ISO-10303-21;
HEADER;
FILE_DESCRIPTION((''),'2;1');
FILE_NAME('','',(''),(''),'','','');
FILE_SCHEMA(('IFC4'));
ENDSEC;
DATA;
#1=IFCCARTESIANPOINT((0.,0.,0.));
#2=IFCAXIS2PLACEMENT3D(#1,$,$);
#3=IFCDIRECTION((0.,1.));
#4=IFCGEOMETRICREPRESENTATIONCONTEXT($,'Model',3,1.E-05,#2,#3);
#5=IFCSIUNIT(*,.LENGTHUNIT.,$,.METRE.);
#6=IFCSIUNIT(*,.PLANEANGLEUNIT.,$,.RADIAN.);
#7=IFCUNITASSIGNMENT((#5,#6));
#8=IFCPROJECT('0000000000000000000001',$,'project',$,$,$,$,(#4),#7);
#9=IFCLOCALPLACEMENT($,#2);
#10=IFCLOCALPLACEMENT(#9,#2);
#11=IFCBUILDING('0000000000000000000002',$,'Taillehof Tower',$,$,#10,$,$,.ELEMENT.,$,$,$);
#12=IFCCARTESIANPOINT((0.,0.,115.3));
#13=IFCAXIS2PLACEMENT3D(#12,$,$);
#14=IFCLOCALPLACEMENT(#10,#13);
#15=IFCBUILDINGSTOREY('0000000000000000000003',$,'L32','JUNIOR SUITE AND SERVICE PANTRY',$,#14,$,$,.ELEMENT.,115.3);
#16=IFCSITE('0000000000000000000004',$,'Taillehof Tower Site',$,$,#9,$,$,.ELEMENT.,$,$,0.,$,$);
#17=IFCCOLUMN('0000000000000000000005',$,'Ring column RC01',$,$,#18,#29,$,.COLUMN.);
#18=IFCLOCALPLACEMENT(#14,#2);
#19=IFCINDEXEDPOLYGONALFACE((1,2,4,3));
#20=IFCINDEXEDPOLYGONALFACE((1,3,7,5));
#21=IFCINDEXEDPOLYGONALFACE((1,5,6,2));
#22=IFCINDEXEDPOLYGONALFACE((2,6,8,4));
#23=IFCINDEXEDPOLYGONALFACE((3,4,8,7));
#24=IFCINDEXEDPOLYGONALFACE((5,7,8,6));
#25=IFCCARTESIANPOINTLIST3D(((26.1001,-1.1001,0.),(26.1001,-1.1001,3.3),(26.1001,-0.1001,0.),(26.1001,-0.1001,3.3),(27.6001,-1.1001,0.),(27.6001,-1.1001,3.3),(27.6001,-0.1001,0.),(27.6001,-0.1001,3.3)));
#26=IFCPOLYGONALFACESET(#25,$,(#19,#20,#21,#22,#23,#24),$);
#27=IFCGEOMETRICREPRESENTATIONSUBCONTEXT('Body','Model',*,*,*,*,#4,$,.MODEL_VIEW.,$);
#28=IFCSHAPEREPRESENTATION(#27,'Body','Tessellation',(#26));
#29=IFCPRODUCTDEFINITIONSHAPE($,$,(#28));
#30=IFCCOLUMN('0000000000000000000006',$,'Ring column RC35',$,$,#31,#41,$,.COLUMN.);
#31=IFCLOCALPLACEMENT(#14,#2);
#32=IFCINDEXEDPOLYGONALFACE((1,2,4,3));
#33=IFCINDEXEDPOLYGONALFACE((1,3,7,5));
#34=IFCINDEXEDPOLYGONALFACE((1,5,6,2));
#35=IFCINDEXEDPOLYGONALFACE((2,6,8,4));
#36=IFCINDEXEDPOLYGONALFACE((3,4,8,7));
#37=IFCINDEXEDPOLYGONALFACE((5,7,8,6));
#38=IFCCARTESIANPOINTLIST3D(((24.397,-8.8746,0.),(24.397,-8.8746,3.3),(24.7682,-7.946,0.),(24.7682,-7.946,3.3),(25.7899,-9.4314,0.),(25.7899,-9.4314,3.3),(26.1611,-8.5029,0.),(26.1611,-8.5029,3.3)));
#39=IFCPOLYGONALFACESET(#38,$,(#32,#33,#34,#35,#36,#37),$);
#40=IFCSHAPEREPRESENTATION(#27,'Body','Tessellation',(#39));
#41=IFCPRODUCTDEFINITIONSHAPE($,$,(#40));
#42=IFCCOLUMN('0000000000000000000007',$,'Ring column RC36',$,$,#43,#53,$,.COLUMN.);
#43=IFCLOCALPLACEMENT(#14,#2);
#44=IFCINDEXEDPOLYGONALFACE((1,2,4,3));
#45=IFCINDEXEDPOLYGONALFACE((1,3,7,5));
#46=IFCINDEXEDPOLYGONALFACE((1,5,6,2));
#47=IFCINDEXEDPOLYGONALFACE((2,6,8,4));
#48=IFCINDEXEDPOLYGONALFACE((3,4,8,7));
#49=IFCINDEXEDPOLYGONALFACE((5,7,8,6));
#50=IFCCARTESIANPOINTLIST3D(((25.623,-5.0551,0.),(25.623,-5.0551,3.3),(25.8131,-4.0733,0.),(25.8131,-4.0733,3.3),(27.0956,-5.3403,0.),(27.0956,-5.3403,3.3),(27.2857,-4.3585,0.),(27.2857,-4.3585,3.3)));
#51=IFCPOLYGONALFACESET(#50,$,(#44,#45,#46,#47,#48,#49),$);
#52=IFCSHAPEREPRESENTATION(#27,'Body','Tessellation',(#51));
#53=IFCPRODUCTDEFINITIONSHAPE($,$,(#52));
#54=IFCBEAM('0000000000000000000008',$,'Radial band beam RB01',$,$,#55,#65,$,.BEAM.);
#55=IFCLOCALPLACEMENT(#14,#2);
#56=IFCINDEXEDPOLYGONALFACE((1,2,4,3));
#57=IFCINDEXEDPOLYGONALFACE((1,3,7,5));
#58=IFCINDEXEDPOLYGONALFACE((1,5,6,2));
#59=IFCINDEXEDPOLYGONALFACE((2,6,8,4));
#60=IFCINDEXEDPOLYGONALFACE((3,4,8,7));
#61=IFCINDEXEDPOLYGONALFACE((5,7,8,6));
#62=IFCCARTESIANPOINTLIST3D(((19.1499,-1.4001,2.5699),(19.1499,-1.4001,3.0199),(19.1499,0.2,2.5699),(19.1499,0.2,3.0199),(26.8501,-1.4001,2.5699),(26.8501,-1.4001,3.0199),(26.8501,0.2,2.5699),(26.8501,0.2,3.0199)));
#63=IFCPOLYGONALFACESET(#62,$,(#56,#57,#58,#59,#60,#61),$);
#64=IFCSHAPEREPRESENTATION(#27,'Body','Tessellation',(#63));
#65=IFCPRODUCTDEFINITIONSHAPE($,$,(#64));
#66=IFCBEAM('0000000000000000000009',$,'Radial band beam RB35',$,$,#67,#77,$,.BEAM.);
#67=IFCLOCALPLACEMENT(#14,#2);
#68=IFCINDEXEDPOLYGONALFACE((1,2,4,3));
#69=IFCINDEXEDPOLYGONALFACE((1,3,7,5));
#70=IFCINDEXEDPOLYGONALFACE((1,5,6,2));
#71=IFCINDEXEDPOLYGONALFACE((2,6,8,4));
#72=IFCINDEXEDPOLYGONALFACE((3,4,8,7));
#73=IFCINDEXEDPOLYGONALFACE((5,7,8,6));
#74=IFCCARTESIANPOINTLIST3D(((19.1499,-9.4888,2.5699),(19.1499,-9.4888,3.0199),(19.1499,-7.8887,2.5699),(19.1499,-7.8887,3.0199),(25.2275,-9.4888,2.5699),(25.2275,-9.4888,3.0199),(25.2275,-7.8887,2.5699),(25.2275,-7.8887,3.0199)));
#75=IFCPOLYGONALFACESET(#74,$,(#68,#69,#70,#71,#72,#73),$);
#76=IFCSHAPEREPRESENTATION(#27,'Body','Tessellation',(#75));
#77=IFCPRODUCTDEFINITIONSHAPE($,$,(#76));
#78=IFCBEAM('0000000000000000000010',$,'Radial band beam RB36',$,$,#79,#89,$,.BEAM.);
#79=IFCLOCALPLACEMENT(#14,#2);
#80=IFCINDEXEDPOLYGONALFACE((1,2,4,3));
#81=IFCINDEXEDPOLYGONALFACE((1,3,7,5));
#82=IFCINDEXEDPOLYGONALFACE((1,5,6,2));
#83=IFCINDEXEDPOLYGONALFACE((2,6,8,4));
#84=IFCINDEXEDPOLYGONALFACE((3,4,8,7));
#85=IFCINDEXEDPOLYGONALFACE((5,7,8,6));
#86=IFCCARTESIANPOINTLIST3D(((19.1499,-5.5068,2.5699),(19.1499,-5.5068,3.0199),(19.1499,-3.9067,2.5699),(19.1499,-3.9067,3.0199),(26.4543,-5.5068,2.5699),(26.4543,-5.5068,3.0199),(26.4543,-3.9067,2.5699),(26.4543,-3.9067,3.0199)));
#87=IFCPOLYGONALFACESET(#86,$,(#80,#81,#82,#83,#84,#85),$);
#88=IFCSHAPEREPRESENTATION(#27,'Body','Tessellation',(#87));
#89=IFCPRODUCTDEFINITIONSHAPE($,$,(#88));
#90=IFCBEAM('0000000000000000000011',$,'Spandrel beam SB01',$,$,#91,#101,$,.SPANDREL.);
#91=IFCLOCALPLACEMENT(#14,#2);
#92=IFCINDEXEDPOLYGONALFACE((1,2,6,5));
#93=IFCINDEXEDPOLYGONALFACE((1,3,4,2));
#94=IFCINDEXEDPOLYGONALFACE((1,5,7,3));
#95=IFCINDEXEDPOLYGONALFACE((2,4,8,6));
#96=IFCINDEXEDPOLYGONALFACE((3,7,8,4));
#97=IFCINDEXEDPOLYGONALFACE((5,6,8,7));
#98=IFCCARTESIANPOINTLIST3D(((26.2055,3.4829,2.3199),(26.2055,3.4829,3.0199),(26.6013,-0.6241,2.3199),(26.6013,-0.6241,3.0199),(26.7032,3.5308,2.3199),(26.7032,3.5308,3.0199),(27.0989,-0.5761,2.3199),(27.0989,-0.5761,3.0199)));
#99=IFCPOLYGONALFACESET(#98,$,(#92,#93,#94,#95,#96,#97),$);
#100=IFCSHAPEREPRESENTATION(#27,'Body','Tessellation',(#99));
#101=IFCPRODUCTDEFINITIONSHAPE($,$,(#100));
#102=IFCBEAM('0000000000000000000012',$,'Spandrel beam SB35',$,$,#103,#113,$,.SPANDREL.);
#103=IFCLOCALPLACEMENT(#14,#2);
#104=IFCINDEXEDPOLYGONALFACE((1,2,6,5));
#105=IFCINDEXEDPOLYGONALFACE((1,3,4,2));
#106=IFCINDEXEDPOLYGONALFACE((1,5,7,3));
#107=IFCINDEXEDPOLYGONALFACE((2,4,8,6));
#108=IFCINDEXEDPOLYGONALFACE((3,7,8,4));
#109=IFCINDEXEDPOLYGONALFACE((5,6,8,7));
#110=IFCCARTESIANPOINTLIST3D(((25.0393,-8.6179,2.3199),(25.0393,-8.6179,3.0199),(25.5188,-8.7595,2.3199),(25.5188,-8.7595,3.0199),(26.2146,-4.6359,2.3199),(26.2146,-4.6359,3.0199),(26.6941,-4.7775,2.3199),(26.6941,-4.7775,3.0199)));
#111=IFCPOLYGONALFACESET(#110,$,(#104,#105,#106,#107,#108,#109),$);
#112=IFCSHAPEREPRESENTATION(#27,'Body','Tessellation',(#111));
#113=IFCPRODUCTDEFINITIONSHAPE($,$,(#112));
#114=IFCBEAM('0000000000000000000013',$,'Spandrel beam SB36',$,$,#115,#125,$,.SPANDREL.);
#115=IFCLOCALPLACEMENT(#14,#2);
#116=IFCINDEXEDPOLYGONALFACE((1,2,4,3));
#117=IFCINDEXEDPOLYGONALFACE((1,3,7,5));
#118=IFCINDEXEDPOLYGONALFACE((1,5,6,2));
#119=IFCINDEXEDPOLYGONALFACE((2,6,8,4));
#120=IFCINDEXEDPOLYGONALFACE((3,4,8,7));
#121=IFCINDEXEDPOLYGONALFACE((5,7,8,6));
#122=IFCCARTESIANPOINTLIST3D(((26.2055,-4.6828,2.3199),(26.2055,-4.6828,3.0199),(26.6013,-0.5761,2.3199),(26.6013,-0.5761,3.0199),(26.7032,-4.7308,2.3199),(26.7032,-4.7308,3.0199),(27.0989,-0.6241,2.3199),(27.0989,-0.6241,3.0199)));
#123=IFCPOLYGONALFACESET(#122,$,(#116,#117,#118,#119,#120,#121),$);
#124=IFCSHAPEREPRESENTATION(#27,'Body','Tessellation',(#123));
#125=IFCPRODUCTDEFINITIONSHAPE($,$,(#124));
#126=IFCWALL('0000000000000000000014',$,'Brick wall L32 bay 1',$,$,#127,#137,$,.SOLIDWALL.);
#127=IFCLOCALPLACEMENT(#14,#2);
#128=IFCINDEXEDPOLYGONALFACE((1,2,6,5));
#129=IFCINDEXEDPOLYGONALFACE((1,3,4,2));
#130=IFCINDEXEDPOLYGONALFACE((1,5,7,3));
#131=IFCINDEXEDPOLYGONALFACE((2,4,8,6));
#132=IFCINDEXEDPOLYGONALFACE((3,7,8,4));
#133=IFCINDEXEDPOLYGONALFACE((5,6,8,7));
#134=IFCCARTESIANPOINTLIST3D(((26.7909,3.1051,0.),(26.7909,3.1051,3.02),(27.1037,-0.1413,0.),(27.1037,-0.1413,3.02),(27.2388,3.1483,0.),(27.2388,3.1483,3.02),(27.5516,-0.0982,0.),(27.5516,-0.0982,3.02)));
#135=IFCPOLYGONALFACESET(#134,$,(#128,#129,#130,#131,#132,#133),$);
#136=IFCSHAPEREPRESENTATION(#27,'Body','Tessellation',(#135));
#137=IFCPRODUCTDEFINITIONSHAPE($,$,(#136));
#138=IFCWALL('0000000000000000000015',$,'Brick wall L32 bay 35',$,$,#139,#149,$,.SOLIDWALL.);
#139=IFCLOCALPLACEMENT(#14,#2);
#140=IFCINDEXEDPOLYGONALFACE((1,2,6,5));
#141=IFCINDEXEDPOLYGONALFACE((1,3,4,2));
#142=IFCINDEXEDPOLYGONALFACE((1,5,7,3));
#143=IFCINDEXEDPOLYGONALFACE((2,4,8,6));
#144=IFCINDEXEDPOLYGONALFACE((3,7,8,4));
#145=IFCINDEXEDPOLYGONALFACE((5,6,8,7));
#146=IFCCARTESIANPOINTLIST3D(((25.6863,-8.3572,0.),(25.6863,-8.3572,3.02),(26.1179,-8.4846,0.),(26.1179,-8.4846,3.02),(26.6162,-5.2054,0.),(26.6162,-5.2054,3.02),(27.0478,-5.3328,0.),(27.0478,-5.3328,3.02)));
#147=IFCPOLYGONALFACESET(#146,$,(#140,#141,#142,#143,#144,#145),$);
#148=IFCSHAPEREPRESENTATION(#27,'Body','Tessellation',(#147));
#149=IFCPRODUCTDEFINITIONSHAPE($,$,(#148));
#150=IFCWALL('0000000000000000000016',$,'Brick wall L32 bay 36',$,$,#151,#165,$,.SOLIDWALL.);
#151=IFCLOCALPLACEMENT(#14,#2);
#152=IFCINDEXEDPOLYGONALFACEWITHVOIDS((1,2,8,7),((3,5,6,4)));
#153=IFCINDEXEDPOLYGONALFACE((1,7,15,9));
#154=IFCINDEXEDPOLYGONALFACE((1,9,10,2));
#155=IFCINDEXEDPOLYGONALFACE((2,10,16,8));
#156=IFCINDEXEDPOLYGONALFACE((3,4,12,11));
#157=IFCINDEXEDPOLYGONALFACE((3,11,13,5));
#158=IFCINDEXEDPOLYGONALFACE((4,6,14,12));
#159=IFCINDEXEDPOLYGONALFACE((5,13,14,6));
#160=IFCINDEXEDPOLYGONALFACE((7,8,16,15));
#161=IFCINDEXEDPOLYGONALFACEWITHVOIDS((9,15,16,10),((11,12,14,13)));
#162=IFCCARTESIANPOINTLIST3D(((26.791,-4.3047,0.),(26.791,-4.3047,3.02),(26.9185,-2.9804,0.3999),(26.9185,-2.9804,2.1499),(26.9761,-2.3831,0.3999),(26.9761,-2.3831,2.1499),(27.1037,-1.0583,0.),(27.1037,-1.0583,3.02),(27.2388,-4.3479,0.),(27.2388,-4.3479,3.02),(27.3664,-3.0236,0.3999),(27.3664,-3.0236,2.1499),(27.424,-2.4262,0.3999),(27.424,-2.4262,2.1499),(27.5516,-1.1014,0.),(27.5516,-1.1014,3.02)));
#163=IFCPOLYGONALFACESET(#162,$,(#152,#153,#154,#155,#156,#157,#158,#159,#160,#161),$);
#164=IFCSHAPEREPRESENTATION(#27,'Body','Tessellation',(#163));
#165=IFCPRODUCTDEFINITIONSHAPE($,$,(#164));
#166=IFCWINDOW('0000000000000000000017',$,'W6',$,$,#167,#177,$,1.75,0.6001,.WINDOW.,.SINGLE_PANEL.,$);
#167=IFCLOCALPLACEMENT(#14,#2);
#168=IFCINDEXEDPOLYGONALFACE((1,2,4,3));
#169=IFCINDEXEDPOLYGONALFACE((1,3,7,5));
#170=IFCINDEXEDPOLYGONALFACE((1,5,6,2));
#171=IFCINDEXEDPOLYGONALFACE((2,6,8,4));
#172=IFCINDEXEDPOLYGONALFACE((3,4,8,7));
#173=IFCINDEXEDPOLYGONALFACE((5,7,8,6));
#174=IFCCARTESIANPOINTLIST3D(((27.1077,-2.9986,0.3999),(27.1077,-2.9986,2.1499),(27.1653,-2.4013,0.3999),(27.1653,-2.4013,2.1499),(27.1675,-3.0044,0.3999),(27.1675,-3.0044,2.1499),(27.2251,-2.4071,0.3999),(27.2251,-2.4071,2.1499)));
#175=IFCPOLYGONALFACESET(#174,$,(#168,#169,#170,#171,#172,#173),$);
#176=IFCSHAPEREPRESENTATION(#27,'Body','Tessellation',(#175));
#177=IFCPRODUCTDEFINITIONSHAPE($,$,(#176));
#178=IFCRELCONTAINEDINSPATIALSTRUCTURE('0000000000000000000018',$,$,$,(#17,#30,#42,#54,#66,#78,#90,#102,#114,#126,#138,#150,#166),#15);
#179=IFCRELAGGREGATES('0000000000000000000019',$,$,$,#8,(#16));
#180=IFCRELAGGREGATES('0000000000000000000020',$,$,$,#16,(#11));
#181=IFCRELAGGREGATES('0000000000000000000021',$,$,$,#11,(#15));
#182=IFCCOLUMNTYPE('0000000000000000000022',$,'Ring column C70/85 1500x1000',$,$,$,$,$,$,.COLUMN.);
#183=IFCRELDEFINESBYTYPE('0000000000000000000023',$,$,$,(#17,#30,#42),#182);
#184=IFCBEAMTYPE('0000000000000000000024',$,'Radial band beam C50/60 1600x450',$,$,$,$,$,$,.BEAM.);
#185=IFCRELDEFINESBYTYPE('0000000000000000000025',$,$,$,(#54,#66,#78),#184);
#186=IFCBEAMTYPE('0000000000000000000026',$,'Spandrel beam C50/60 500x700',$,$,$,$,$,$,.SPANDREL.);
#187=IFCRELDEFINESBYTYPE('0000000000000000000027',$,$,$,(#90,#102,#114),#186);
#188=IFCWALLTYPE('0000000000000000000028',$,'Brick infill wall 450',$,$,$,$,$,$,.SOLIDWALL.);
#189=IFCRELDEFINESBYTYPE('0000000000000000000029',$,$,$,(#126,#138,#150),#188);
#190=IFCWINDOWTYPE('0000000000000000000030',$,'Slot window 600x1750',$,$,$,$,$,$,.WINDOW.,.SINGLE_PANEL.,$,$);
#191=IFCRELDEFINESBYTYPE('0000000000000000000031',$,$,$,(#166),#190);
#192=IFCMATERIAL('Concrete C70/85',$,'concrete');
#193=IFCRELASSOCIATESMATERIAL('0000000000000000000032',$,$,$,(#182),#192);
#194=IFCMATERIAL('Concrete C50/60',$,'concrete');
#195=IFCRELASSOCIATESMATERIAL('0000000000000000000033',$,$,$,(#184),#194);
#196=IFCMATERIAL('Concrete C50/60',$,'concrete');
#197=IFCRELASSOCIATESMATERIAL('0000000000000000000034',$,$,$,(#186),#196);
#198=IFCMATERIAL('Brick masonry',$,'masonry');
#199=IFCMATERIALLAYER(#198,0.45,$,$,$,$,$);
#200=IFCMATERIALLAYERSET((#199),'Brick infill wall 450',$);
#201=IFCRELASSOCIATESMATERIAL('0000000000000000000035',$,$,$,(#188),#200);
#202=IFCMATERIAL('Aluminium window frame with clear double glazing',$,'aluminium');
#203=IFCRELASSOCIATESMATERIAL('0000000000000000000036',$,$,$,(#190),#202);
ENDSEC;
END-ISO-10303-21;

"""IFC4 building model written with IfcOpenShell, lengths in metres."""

from ifc_helpers import new_model, si_unit, direction, frame, frame_2d, origin, origin_2d, place, context, subcontext, project, spatial, rectangle, extrude, material, layer, layer_set, material_profile, profile_set, type_object, element, fill, save


model = new_model("IFC4")

# Units and contexts
model_context = context("Model", 3, precision=1e-05, world=origin(), true_north=direction((0.0, 1.0)))
body_context = subcontext(model_context, "Body", "Model", "MODEL_VIEW")
ifc_project = project(units=[si_unit("LENGTHUNIT", "METRE"), si_unit("PLANEANGLEUNIT", "RADIAN")], contexts=[model_context])

# Site, building, storey
site_placement = place(None, origin())
site = spatial("IfcSite", under=ifc_project, at=site_placement, Name="Taillehof Tower Site", CompositionType="ELEMENT", RefElevation=0.0)
building_placement = place(site_placement, origin())
building = spatial("IfcBuilding", under=site, at=building_placement, Name="Taillehof Tower", CompositionType="ELEMENT")
storey_placement = place(building_placement, frame((0.0, 0.0, 115.3)))
storey = spatial("IfcBuildingStorey", under=building, at=storey_placement, Name="L32", Description="JUNIOR SUITE AND SERVICE PANTRY", CompositionType="ELEMENT", Elevation=115.3)

# Columns
ifc_material_1 = material(Name="Concrete C70/85", Category="concrete")
ifc_material_profile_1 = material_profile(ifc_material_1, rectangle(XDim=1.5, YDim=1.0, at=origin_2d()), Name="RC 1500x1000")
ifc_profile_set_1 = profile_set([ifc_material_profile_1], Name="Concrete C70/85")
column_type = type_object("IfcColumnType", Name="Ring column C70/85 1500x1000", PredefinedType="COLUMN", material=ifc_profile_set_1)
for number, where, z_axis, x_axis, name in (
    (1, (26.8501, -0.6001, 0.0), (0.0, 0.0, 1.0), (1.0, 0.0, 0.0), "Ring column RC01"),
    (2, (25.2791, -8.6887, 0.0), (0.0, 0.0, 1.0), (0.92855, -0.371207, 0.0), "Ring column RC35"),
    (3, (26.4543, -4.7068, 0.0), (0.0, 0.0, 1.0), (0.981757, -0.190138, 0.0), "Ring column RC36"),
):
    element("IfcColumn", number, at=place(storey_placement, frame(where, z_axis=z_axis, x_axis=x_axis)), inside=storey, type_object=column_type, Name=name, PredefinedType="COLUMN", context=body_context, shape_type="SweptSolid", body=[
        extrude(rectangle(XDim=1.5, YDim=1.0, at=origin_2d()), origin(), (0.0, 0.0, 1.0), 3.3),
    ])

# Beams
ifc_material_2 = material(Name="Concrete C50/60", Category="concrete")
ifc_material_profile_2 = material_profile(ifc_material_2, rectangle(XDim=1.6001, YDim=0.45, at=origin_2d()), Name="RC 1600x450")
ifc_profile_set_2 = profile_set([ifc_material_profile_2], Name="Concrete C50/60")
beam_type_1 = type_object("IfcBeamType", Name="Radial band beam C50/60 1600x450", PredefinedType="BEAM", material=ifc_profile_set_2)
beam_1_placement = place(storey_placement, frame((26.8501, -0.6001, 2.7949), z_axis=(-1.0, 0.0, 0.0), x_axis=(0.0, -1.0, 0.0)))
element("IfcBeam", 4, at=beam_1_placement, inside=storey, type_object=beam_type_1, Name="Radial band beam RB01", PredefinedType="BEAM", context=body_context, shape_type="SweptSolid", body=[
    extrude(rectangle(XDim=1.6001, YDim=0.45, at=origin_2d()), origin(), (0.0, 0.0, 1.0), 7.7002),
])
beam_2_placement = place(storey_placement, frame((25.2275, -8.6887, 2.7949), z_axis=(-1.0, 0.0, 0.0), x_axis=(0.0, -1.0, 0.0)))
element("IfcBeam", 5, at=beam_2_placement, inside=storey, type_object=beam_type_1, Name="Radial band beam RB35", PredefinedType="BEAM", context=body_context, shape_type="SweptSolid", body=[
    extrude(rectangle(XDim=1.6001, YDim=0.45, at=origin_2d()), origin(), (0.0, 0.0, 1.0), 6.0776),
])
beam_3_placement = place(storey_placement, frame((26.4543, -4.7068, 2.7949), z_axis=(-1.0, 0.0, 0.0), x_axis=(0.0, -1.0, 0.0)))
element("IfcBeam", 6, at=beam_3_placement, inside=storey, type_object=beam_type_1, Name="Radial band beam RB36", PredefinedType="BEAM", context=body_context, shape_type="SweptSolid", body=[
    extrude(rectangle(XDim=1.6001, YDim=0.45, at=origin_2d()), origin(), (0.0, 0.0, 1.0), 7.3044),
])
ifc_material_3 = material(Name="Concrete C50/60", Category="concrete")
ifc_material_profile_3 = material_profile(ifc_material_3, rectangle(XDim=0.5, YDim=0.7, at=origin_2d()), Name="RC 500x700")
ifc_profile_set_3 = profile_set([ifc_material_profile_3], Name="Concrete C50/60")
beam_type_2 = type_object("IfcBeamType", Name="Spandrel beam C50/60 500x700", PredefinedType="SPANDREL", material=ifc_profile_set_3)
beam_4_placement = place(storey_placement, frame((26.8501, -0.6001, 2.6699), z_axis=(-0.095918, 0.995389, 0.0), x_axis=(-0.995389, -0.095918, 0.0)))
element("IfcBeam", 7, at=beam_4_placement, inside=storey, type_object=beam_type_2, Name="Spandrel beam SB01", PredefinedType="SPANDREL", context=body_context, shape_type="SweptSolid", body=[
    extrude(rectangle(XDim=0.5, YDim=0.7, at=origin_2d()), origin(), (0.0, 0.0, 1.0), 4.126),
])
beam_5_placement = place(storey_placement, frame((25.2791, -8.6887, 2.6699), z_axis=(0.283083, 0.959095, 0.0), x_axis=(-0.959095, 0.283083, 0.0)))
element("IfcBeam", 8, at=beam_5_placement, inside=storey, type_object=beam_type_2, Name="Spandrel beam SB35", PredefinedType="SPANDREL", context=body_context, shape_type="SweptSolid", body=[
    extrude(rectangle(XDim=0.5, YDim=0.7, at=origin_2d()), origin(), (0.0, 0.0, 1.0), 4.1519),
])
beam_6_placement = place(storey_placement, frame((26.4543, -4.7068, 2.6699), z_axis=(0.095923, 0.995389, 0.0), x_axis=(-0.995389, 0.095923, 0.0)))
element("IfcBeam", 9, at=beam_6_placement, inside=storey, type_object=beam_type_2, Name="Spandrel beam SB36", PredefinedType="SPANDREL", context=body_context, shape_type="SweptSolid", body=[
    extrude(rectangle(XDim=0.5, YDim=0.7, at=origin_2d()), origin(), (0.0, 0.0, 1.0), 4.1257),
])

# Walls
ifc_material_4 = material(Name="Brick masonry", Category="masonry")
ifc_layer_1 = layer(ifc_material_4, 0.45)
ifc_layer_set_1 = layer_set([ifc_layer_1], Name="Brick infill wall 450")
wall_type_1 = type_object("IfcWallType", Name="Brick infill wall 450", PredefinedType="SOLIDWALL", material=ifc_layer_set_1)
wall_1_placement = place(storey_placement, frame((27.3276, -0.1199, 0.0), z_axis=(0.0, 0.0, 1.0), x_axis=(-0.095894, 0.995392, 0.0)))
element("IfcWall", 10, at=wall_1_placement, inside=storey, type_object=wall_type_1, Name="Brick wall L32 bay 1", PredefinedType="SOLIDWALL", context=body_context, shape_type="SweptSolid", body=[
    extrude(rectangle(XDim=3.2615, YDim=0.45, at=frame_2d((1.6309, 0.0))), origin(), (0.0, 0.0, 1.0), 3.02),
])
wall_2_placement = place(storey_placement, frame((25.9021, -8.4209, 0.0), z_axis=(0.0, 0.0, 1.0), x_axis=(0.282983, 0.959125, 0.0)))
element("IfcWall", 11, at=wall_2_placement, inside=storey, type_object=wall_type_1, Name="Brick wall L32 bay 35", PredefinedType="SOLIDWALL", context=body_context, shape_type="SweptSolid", body=[
    extrude(rectangle(XDim=3.2861, YDim=0.45, at=frame_2d((1.6431, 0.0))), origin(), (0.0, 0.0, 1.0), 3.02),
])

# Wall, opening, window
wall_3_placement = place(storey_placement, frame((27.0149, -4.3264, 0.0), z_axis=(0.0, 0.0, 1.0), x_axis=(0.095894, 0.995392, 0.0)))
wall_3 = element("IfcWall", 12, at=wall_3_placement, inside=storey, type_object=wall_type_1, Name="Brick wall L32 bay 36", PredefinedType="SOLIDWALL", context=body_context, shape_type="SweptSolid", body=[
    extrude(rectangle(XDim=3.2615, YDim=0.45, at=frame_2d((1.6309, 0.0))), origin(), (0.0, 0.0, 1.0), 3.02),
])
opening_1_placement = place(wall_3_placement, frame((1.3306, 0.0, 0.3999)))
opening_1 = element("IfcOpeningElement", 13, at=opening_1_placement, cuts=wall_3, PredefinedType="OPENING", context=body_context, shape_type="SweptSolid", body=[
    extrude(rectangle(XDim=0.6001, YDim=1.75, at=frame_2d((0.3, 0.875))), frame((0.0, 0.2349, 0.0), z_axis=(0.0, -1.0, 0.0), x_axis=(1.0, 0.0, 0.0)), (0.0, 0.0, 1.0), 0.47),
])
ifc_material_5 = material(Name="Aluminium window frame with clear double glazing", Category="aluminium")
window_type = type_object("IfcWindowType", Name="Slot window 600x1750", PartitioningType="SINGLE_PANEL", PredefinedType="WINDOW", material=ifc_material_5)
window_placement = place(opening_1_placement, origin())
window = element("IfcWindow", 14, at=window_placement, inside=storey, type_object=window_type, Name="W6", OverallHeight=1.75, OverallWidth=0.6001, PartitioningType="SINGLE_PANEL", PredefinedType="WINDOW", context=body_context, shape_type="SweptSolid", body=[
    extrude(rectangle(XDim=0.6001, YDim=1.75, at=frame_2d((0.3, 0.875))), frame((0.0, 0.0349, 0.0), z_axis=(0.0, -1.0, 0.0), x_axis=(1.0, 0.0, 0.0)), (0.0, 0.0, 1.0), 0.0601),
])
fill(opening_1, window)

save(model, "model.ifc")
